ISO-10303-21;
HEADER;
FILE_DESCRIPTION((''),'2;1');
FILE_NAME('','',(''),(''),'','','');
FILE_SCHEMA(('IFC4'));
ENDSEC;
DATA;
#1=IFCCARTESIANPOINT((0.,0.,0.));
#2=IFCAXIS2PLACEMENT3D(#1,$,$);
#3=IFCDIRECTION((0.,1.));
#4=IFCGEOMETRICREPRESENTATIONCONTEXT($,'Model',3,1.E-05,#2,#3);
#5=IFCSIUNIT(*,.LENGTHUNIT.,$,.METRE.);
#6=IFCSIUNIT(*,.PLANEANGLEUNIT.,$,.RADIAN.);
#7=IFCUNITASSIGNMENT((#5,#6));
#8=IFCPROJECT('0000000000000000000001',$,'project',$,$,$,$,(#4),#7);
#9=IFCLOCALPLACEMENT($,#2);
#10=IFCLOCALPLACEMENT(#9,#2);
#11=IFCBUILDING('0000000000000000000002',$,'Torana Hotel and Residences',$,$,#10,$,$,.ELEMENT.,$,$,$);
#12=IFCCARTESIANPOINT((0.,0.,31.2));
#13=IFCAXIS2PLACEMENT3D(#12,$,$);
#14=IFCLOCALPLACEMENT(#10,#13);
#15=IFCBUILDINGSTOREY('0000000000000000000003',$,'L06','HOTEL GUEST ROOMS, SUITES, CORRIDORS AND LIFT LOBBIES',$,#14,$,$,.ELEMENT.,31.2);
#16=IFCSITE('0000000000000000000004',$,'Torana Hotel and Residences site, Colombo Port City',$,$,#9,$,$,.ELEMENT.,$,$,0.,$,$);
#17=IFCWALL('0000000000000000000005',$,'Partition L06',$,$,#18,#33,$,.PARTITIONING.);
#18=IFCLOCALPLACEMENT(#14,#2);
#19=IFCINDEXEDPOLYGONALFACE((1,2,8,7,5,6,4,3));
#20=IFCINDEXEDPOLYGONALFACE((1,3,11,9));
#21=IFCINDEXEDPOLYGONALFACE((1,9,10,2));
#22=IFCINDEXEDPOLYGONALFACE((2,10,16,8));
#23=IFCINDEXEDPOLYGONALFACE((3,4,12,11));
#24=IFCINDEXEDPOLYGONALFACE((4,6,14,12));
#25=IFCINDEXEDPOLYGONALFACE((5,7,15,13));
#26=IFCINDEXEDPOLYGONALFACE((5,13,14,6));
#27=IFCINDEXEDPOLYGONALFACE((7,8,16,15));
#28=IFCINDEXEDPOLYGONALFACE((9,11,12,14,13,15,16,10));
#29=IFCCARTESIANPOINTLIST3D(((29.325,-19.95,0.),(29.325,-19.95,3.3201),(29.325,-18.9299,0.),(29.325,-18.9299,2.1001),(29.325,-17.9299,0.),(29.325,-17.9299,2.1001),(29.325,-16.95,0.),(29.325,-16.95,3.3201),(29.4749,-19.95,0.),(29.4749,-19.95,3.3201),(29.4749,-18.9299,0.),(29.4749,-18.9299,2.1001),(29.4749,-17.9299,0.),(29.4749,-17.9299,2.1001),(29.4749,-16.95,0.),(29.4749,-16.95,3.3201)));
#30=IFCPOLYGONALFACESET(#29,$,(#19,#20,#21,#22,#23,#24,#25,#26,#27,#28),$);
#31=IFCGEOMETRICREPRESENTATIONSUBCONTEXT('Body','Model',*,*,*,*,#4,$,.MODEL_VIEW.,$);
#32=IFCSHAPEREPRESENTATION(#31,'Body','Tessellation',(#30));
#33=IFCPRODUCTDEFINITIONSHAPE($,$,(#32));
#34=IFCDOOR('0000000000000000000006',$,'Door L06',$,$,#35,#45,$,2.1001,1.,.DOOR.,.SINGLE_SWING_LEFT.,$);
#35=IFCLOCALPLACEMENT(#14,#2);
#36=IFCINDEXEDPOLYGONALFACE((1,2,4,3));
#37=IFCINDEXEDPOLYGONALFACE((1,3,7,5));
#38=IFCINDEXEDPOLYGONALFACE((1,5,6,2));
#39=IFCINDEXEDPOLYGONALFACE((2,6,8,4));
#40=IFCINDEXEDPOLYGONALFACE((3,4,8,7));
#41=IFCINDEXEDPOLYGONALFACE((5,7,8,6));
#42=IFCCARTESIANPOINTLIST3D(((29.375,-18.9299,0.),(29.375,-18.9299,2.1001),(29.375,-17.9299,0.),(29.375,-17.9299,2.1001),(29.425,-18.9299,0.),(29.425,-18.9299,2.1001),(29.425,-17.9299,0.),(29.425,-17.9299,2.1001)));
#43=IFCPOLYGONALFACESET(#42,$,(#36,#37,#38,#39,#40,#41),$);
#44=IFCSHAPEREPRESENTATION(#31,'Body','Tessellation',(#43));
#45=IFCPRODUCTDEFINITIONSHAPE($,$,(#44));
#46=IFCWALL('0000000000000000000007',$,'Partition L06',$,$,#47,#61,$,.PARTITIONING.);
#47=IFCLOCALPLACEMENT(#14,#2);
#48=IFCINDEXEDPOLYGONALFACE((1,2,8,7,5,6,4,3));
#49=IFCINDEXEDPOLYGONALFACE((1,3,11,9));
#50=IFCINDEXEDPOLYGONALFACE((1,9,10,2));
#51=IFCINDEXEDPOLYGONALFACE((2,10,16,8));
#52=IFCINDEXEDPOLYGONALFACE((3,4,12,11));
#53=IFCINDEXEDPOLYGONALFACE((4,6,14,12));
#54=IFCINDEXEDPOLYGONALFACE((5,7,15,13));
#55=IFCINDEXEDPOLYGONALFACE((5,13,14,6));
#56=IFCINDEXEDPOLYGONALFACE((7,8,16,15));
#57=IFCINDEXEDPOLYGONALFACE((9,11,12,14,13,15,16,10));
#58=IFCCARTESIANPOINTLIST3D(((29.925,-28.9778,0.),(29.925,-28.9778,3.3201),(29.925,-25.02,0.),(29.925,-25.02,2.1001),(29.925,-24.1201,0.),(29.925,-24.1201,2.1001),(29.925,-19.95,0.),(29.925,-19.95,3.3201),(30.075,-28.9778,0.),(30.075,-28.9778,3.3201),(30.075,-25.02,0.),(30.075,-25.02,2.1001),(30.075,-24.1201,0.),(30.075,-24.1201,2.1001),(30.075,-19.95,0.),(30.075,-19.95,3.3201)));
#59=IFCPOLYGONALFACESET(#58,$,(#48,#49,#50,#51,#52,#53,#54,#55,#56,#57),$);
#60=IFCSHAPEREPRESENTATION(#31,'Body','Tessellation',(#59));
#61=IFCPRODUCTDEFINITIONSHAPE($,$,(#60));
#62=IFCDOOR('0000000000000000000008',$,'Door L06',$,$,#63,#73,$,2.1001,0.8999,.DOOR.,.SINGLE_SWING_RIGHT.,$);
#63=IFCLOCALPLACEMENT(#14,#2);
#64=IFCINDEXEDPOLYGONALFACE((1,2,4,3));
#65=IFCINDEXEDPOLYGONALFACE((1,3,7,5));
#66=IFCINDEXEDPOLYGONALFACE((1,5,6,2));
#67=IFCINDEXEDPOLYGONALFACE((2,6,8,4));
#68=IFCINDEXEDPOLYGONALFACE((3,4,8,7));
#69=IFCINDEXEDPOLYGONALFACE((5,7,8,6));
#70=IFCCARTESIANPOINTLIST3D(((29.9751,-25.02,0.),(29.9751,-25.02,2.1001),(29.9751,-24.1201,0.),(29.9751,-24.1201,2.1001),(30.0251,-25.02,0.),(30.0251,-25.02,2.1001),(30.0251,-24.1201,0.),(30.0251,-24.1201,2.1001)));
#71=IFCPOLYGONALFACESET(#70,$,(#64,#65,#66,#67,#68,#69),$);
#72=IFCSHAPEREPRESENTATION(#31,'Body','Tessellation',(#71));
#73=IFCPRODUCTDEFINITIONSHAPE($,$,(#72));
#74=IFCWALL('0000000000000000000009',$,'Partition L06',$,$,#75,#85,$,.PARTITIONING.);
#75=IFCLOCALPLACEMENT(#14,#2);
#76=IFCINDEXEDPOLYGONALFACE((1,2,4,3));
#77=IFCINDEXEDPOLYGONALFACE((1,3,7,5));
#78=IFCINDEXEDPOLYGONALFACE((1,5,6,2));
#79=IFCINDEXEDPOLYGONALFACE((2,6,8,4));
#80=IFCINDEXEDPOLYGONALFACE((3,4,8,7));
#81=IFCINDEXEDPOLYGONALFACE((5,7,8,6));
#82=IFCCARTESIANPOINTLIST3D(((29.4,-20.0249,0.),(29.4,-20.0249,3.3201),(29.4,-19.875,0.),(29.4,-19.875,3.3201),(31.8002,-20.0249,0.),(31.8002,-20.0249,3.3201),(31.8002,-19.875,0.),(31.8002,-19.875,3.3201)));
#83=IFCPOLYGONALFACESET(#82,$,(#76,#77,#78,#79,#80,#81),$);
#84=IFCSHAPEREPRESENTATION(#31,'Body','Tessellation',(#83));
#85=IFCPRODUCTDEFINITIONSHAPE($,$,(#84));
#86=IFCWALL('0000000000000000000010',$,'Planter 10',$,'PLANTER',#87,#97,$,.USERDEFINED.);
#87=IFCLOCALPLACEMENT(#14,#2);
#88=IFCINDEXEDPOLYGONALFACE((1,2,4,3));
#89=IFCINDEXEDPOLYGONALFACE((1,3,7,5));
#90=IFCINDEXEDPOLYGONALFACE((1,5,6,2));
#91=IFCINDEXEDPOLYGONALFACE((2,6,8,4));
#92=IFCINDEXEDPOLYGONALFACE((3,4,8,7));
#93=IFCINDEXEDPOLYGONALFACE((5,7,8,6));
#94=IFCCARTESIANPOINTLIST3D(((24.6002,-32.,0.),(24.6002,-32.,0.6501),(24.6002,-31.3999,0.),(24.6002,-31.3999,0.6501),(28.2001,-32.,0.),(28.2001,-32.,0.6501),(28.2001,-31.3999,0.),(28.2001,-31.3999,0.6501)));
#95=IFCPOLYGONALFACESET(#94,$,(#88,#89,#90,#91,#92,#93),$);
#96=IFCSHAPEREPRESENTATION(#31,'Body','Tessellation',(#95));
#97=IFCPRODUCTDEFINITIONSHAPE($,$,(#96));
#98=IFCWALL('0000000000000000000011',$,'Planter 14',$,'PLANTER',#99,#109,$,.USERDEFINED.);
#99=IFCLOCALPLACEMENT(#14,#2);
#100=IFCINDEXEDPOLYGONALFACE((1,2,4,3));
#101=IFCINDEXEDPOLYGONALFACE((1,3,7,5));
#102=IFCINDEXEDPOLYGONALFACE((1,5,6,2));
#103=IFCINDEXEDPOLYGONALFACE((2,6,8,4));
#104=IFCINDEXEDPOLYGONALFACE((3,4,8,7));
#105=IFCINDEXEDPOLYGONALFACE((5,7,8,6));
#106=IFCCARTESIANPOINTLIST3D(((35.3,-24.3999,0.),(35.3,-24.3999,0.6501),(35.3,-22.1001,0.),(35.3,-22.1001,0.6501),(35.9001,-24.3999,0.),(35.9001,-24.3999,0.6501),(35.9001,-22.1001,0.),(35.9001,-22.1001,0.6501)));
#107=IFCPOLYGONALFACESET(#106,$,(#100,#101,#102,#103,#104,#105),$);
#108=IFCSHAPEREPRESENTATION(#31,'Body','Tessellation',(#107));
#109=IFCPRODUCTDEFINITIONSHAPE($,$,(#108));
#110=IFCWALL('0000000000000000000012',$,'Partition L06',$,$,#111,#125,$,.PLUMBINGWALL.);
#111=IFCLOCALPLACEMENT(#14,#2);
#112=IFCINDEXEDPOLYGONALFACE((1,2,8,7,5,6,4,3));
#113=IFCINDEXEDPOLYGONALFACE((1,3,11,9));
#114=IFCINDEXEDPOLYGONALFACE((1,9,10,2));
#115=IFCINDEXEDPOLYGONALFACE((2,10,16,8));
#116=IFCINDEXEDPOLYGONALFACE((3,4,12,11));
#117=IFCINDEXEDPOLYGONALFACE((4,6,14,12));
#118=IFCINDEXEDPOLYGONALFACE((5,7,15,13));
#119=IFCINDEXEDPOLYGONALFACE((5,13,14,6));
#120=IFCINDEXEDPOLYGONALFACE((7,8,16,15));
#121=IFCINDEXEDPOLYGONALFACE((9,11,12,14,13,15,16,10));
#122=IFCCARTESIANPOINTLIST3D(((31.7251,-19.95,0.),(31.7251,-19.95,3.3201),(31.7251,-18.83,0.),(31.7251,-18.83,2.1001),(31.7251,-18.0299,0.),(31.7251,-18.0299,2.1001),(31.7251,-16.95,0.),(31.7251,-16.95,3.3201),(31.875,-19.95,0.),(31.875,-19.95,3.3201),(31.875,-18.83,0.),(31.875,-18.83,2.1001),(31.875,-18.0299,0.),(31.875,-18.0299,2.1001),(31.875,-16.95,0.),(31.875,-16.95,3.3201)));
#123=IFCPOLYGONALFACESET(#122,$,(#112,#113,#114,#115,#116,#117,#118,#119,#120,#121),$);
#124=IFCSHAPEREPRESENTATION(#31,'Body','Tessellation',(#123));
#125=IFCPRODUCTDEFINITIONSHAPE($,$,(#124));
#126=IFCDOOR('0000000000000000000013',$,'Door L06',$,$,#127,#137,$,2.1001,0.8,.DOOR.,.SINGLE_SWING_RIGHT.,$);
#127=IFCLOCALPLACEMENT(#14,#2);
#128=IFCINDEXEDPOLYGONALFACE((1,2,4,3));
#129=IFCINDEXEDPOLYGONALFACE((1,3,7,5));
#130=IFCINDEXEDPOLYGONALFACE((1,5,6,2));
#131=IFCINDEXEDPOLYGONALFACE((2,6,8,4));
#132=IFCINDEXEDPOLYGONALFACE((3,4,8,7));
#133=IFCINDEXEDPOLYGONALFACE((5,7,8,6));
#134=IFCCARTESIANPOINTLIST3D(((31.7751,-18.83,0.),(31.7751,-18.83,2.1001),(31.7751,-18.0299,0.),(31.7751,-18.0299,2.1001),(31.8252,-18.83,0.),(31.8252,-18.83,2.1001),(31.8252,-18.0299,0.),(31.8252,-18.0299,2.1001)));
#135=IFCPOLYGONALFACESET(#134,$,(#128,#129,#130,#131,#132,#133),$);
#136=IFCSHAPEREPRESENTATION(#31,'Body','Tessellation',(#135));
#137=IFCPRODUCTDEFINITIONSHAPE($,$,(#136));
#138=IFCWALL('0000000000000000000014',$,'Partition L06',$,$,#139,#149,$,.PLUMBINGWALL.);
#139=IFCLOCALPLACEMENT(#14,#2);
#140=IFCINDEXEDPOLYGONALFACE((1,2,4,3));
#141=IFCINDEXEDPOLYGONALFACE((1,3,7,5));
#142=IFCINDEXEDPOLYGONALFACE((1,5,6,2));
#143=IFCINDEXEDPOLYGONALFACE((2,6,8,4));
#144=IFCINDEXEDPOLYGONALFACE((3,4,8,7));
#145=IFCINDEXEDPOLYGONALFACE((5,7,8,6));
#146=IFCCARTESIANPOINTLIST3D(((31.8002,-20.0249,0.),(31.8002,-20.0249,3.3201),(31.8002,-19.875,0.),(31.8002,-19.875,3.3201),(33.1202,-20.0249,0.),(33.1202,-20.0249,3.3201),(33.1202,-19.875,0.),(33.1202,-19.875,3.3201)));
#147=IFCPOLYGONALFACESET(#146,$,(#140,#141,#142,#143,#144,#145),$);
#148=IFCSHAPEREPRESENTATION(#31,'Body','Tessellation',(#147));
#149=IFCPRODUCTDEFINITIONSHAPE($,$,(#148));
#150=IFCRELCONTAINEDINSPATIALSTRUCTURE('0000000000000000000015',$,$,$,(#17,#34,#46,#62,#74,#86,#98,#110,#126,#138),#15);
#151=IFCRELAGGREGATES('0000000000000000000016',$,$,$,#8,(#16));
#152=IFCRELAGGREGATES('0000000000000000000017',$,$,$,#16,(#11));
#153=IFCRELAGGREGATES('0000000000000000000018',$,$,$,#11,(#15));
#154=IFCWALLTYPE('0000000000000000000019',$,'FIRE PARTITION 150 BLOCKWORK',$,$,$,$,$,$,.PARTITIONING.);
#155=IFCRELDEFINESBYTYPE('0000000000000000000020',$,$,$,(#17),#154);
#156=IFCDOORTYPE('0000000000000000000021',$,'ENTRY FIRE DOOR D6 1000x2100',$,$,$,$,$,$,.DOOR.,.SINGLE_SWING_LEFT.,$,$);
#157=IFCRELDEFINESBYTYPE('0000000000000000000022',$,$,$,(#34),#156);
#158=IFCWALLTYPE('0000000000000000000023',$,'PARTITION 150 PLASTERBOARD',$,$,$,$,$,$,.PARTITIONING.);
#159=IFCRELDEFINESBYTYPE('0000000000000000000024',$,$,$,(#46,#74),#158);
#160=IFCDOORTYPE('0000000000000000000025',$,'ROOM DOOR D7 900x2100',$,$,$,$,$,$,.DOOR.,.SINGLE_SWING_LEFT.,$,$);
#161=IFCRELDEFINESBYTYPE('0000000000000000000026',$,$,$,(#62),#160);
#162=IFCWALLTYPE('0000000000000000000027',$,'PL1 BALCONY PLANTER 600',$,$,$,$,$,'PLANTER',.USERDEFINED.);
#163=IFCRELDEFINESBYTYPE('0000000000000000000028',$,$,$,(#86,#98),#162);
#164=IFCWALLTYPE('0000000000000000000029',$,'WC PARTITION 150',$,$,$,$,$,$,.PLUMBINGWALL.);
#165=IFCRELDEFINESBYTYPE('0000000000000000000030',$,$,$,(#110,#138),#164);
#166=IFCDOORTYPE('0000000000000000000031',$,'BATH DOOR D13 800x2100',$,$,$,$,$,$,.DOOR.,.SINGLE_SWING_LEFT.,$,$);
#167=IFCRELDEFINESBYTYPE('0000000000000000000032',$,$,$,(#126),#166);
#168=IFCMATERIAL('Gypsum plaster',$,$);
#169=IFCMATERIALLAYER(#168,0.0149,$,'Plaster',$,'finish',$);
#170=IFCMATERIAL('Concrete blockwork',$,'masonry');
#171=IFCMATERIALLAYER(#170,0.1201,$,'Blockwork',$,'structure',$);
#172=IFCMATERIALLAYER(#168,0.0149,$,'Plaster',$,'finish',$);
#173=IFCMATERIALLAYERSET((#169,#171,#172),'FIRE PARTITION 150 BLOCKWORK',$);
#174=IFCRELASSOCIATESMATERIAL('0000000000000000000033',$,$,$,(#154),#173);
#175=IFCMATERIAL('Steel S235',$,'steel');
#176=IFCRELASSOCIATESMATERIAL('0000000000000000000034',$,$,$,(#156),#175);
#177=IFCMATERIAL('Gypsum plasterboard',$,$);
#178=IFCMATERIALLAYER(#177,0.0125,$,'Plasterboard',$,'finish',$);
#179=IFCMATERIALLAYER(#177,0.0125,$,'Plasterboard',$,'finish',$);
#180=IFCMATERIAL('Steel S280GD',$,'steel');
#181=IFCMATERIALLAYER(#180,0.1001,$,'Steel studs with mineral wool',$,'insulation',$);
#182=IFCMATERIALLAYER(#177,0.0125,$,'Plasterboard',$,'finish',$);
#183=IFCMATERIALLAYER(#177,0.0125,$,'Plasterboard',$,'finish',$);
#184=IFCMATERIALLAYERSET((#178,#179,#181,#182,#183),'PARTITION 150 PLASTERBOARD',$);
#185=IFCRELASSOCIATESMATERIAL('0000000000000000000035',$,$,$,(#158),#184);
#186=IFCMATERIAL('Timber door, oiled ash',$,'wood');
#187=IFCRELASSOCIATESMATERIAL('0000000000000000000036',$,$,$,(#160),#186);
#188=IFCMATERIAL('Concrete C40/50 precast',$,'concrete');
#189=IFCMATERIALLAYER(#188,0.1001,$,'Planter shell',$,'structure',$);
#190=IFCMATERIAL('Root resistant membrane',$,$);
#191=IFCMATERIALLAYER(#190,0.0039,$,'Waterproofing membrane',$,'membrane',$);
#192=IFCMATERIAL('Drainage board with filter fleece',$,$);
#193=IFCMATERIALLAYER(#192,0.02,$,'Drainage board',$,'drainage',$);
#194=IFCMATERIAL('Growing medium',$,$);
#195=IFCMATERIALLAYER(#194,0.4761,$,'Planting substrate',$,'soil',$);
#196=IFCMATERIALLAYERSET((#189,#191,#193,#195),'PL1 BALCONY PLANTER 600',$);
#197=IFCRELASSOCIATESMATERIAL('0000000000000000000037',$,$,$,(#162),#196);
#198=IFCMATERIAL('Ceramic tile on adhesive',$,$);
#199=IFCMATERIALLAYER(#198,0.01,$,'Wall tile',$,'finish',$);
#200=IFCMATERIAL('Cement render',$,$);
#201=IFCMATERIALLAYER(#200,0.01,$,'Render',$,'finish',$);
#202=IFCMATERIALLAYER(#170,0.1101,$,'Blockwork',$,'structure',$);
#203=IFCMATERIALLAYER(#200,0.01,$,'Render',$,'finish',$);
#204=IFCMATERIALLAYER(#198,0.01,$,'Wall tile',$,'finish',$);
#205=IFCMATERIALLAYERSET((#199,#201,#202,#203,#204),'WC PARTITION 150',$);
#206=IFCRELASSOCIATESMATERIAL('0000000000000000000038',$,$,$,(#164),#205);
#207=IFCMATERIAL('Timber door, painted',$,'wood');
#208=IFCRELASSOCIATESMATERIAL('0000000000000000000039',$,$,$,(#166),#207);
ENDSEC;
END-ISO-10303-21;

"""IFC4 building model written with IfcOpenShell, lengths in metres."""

from ifc_helpers import new_model, si_unit, direction, frame, frame_2d, origin, place, context, subcontext, project, spatial, rectangle, extrude, material, layer, layer_set, type_object, element, fill, save


model = new_model("IFC4")

# Units and contexts
model_context = context("Model", 3, precision=1e-05, world=origin(), true_north=direction((0.0, 1.0)))
body_context = subcontext(model_context, "Body", "Model", "MODEL_VIEW")
ifc_project = project(units=[si_unit("LENGTHUNIT", "METRE"), si_unit("PLANEANGLEUNIT", "RADIAN")], contexts=[model_context])

# Site, building, storey
site_placement = place(None, origin())
site = spatial("IfcSite", under=ifc_project, at=site_placement, Name="Torana Hotel and Residences site, Colombo Port City", CompositionType="ELEMENT", RefElevation=0.0)
building_placement = place(site_placement, origin())
building = spatial("IfcBuilding", under=site, at=building_placement, Name="Torana Hotel and Residences", CompositionType="ELEMENT")
storey_placement = place(building_placement, frame((0.0, 0.0, 31.2)))
storey = spatial("IfcBuildingStorey", under=building, at=storey_placement, Name="L06", Description="HOTEL GUEST ROOMS, SUITES, CORRIDORS AND LIFT LOBBIES", CompositionType="ELEMENT", Elevation=31.2)

# Shared definitions
ifc_material_1 = material(Name="Steel S280GD", Category="steel")

# Walls, openings, doors
ifc_material_2 = material(Name="Gypsum plaster")
ifc_layer_1 = layer(ifc_material_2, 0.0149, Name="Plaster", Category="finish")
ifc_material_3 = material(Name="Concrete blockwork", Category="masonry")
ifc_layer_2 = layer(ifc_material_3, 0.1201, Name="Blockwork", Category="structure")
ifc_layer_3 = layer(ifc_material_2, 0.0149, Name="Plaster", Category="finish")
ifc_layer_set_1 = layer_set([ifc_layer_1, ifc_layer_2, ifc_layer_3], Name="FIRE PARTITION 150 BLOCKWORK")
wall_type_1 = type_object("IfcWallType", Name="FIRE PARTITION 150 BLOCKWORK", PredefinedType="PARTITIONING", material=ifc_layer_set_1)
wall_1_placement = place(storey_placement, frame((29.3999, -19.95, 0.0), z_axis=(0.0, 0.0, 1.0), x_axis=(0.0, 1.0, 0.0)))
wall_1 = element("IfcWall", 1, at=wall_1_placement, inside=storey, type_object=wall_type_1, Name="Partition L06", PredefinedType="PARTITIONING", context=body_context, shape_type="SweptSolid", body=[
    extrude(rectangle(XDim=3.0, YDim=0.1499, at=frame_2d((1.5, 0.0))), origin(), (0.0, 0.0, 1.0), 3.3201),
])
opening_1_placement = place(wall_1_placement, frame((1.02, 0.0, 0.0)))
opening_1 = element("IfcOpeningElement", 2, at=opening_1_placement, cuts=wall_1, PredefinedType="OPENING", context=body_context, shape_type="SweptSolid", body=[
    extrude(rectangle(XDim=1.0, YDim=2.1001, at=frame_2d((0.5, 1.05))), frame((0.0, 0.085, 0.0), z_axis=(0.0, -1.0, 0.0), x_axis=(1.0, 0.0, 0.0)), (0.0, 0.0, 1.0), 0.1699),
])
ifc_material_4 = material(Name="Steel S235", Category="steel")
door_type_1 = type_object("IfcDoorType", Name="ENTRY FIRE DOOR D6 1000x2100", OperationType="SINGLE_SWING_LEFT", PredefinedType="DOOR", material=ifc_material_4)
door_1_placement = place(opening_1_placement, frame((0.5, 0.0, 0.0), z_axis=(0.0, 0.0, 1.0), x_axis=(-1.0, 0.0, 0.0)))
door_1 = element("IfcDoor", 3, at=door_1_placement, inside=storey, type_object=door_type_1, Name="Door L06", OperationType="SINGLE_SWING_LEFT", OverallHeight=2.1001, OverallWidth=1.0, PredefinedType="DOOR", context=body_context, shape_type="SweptSolid", body=[
    extrude(rectangle(XDim=1.0, YDim=2.1001, at=frame_2d((0.0, 1.05))), frame((0.0, -0.0249, 0.0), z_axis=(0.0, 1.0, 0.0), x_axis=(-1.0, 0.0, 0.0)), (0.0, 0.0, 1.0), 0.05),
])
fill(opening_1, door_1)
ifc_material_5 = material(Name="Gypsum plasterboard")
ifc_layer_4 = layer(ifc_material_5, 0.0125, Name="Plasterboard", Category="finish")
ifc_layer_5 = layer(ifc_material_5, 0.0125, Name="Plasterboard", Category="finish")
ifc_layer_6 = layer(ifc_material_1, 0.1001, Name="Steel studs with mineral wool", Category="insulation")
ifc_layer_7 = layer(ifc_material_5, 0.0125, Name="Plasterboard", Category="finish")
ifc_layer_8 = layer(ifc_material_5, 0.0125, Name="Plasterboard", Category="finish")
ifc_layer_set_2 = layer_set([ifc_layer_4, ifc_layer_5, ifc_layer_6, ifc_layer_7, ifc_layer_8], Name="PARTITION 150 PLASTERBOARD")
wall_type_2 = type_object("IfcWallType", Name="PARTITION 150 PLASTERBOARD", PredefinedType="PARTITIONING", material=ifc_layer_set_2)
wall_2_placement = place(storey_placement, frame((30.0, -28.9778, 0.0), z_axis=(0.0, 0.0, 1.0), x_axis=(0.0, 1.0, 0.0)))
wall_2 = element("IfcWall", 4, at=wall_2_placement, inside=storey, type_object=wall_type_2, Name="Partition L06", PredefinedType="PARTITIONING", context=body_context, shape_type="SweptSolid", body=[
    extrude(rectangle(XDim=9.0278, YDim=0.1499, at=frame_2d((4.5139, 0.0))), origin(), (0.0, 0.0, 1.0), 3.3201),
])
opening_2_placement = place(wall_2_placement, frame((3.9578, 0.0, 0.0)))
opening_2 = element("IfcOpeningElement", 5, at=opening_2_placement, cuts=wall_2, PredefinedType="OPENING", context=body_context, shape_type="SweptSolid", body=[
    extrude(rectangle(XDim=0.8999, YDim=2.1001, at=frame_2d((0.45, 1.05))), frame((0.0, 0.085, 0.0), z_axis=(0.0, -1.0, 0.0), x_axis=(1.0, 0.0, 0.0)), (0.0, 0.0, 1.0), 0.1699),
])
ifc_material_6 = material(Name="Timber door, oiled ash", Category="wood")
door_type_2 = type_object("IfcDoorType", Name="ROOM DOOR D7 900x2100", OperationType="SINGLE_SWING_LEFT", PredefinedType="DOOR", material=ifc_material_6)
door_2_placement = place(opening_2_placement, origin())
door_2 = element("IfcDoor", 6, at=door_2_placement, inside=storey, type_object=door_type_2, Name="Door L06", OperationType="SINGLE_SWING_RIGHT", OverallHeight=2.1001, OverallWidth=0.8999, PredefinedType="DOOR", context=body_context, shape_type="SweptSolid", body=[
    extrude(rectangle(XDim=0.8999, YDim=2.1001, at=frame_2d((0.45, 1.05))), frame((0.0, 0.0249, 0.0), z_axis=(0.0, -1.0, 0.0), x_axis=(1.0, 0.0, 0.0)), (0.0, 0.0, 1.0), 0.05),
])
fill(opening_2, door_2)

# Walls
wall_3_placement = place(storey_placement, frame((29.3999, -19.95, 0.0), z_axis=(0.0, 0.0, 1.0), x_axis=(1.0, 0.0, 0.0)))
element("IfcWall", 7, at=wall_3_placement, inside=storey, type_object=wall_type_2, Name="Partition L06", PredefinedType="PARTITIONING", context=body_context, shape_type="SweptSolid", body=[
    extrude(rectangle(XDim=2.4001, YDim=0.1499, at=frame_2d((1.2002, 0.0))), origin(), (0.0, 0.0, 1.0), 3.3201),
])
ifc_material_7 = material(Name="Concrete C40/50 precast", Category="concrete")
ifc_layer_9 = layer(ifc_material_7, 0.1001, Name="Planter shell", Category="structure")
ifc_material_8 = material(Name="Root resistant membrane")
ifc_layer_10 = layer(ifc_material_8, 0.0039, Name="Waterproofing membrane", Category="membrane")
ifc_material_9 = material(Name="Drainage board with filter fleece")
ifc_layer_11 = layer(ifc_material_9, 0.02, Name="Drainage board", Category="drainage")
ifc_material_10 = material(Name="Growing medium")
ifc_layer_12 = layer(ifc_material_10, 0.4761, Name="Planting substrate", Category="soil")
ifc_layer_set_3 = layer_set([ifc_layer_9, ifc_layer_10, ifc_layer_11, ifc_layer_12], Name="PL1 BALCONY PLANTER 600")
wall_type_3 = type_object("IfcWallType", Name="PL1 BALCONY PLANTER 600", ElementType="PLANTER", PredefinedType="USERDEFINED", material=ifc_layer_set_3)
wall_4_placement = place(storey_placement, frame((28.2, -31.7, 0.0), z_axis=(0.0, 0.0, 1.0), x_axis=(-1.0, 0.0, 0.0)))
element("IfcWall", 8, at=wall_4_placement, inside=storey, type_object=wall_type_3, Name="Planter 10", ObjectType="PLANTER", PredefinedType="USERDEFINED", context=body_context, shape_type="SweptSolid", body=[
    extrude(rectangle(XDim=3.5999, YDim=0.6001, at=frame_2d((1.7998, 0.0))), origin(), (0.0, 0.0, 1.0), 0.6501),
])
wall_5_placement = place(storey_placement, frame((35.6001, -22.1001, 0.0), z_axis=(0.0, 0.0, 1.0), x_axis=(0.0, -1.0, 0.0)))
element("IfcWall", 9, at=wall_5_placement, inside=storey, type_object=wall_type_3, Name="Planter 14", ObjectType="PLANTER", PredefinedType="USERDEFINED", context=body_context, shape_type="SweptSolid", body=[
    extrude(rectangle(XDim=2.2998, YDim=0.6001, at=frame_2d((1.1499, 0.0))), origin(), (0.0, 0.0, 1.0), 0.6501),
])

# Wall, opening, door
ifc_material_11 = material(Name="Ceramic tile on adhesive")
ifc_layer_13 = layer(ifc_material_11, 0.01, Name="Wall tile", Category="finish")
ifc_material_12 = material(Name="Cement render")
ifc_layer_14 = layer(ifc_material_12, 0.01, Name="Render", Category="finish")
ifc_layer_15 = layer(ifc_material_3, 0.1101, Name="Blockwork", Category="structure")
ifc_layer_16 = layer(ifc_material_12, 0.01, Name="Render", Category="finish")
ifc_layer_17 = layer(ifc_material_11, 0.01, Name="Wall tile", Category="finish")
ifc_layer_set_4 = layer_set([ifc_layer_13, ifc_layer_14, ifc_layer_15, ifc_layer_16, ifc_layer_17], Name="WC PARTITION 150")
wall_type_4 = type_object("IfcWallType", Name="WC PARTITION 150", PredefinedType="PLUMBINGWALL", material=ifc_layer_set_4)
wall_6_placement = place(storey_placement, frame((31.8, -19.95, 0.0), z_axis=(0.0, 0.0, 1.0), x_axis=(0.0, 1.0, 0.0)))
wall_6 = element("IfcWall", 10, at=wall_6_placement, inside=storey, type_object=wall_type_4, Name="Partition L06", PredefinedType="PLUMBINGWALL", context=body_context, shape_type="SweptSolid", body=[
    extrude(rectangle(XDim=3.0, YDim=0.1499, at=frame_2d((1.5, 0.0))), origin(), (0.0, 0.0, 1.0), 3.3201),
])
opening_3_placement = place(wall_6_placement, frame((1.1201, 0.0, 0.0)))
opening_3 = element("IfcOpeningElement", 11, at=opening_3_placement, cuts=wall_6, PredefinedType="OPENING", context=body_context, shape_type="SweptSolid", body=[
    extrude(rectangle(XDim=0.8, YDim=2.1001, at=frame_2d((0.3999, 1.05))), frame((0.0, 0.085, 0.0), z_axis=(0.0, -1.0, 0.0), x_axis=(1.0, 0.0, 0.0)), (0.0, 0.0, 1.0), 0.1699),
])
ifc_material_13 = material(Name="Timber door, painted", Category="wood")
door_type_3 = type_object("IfcDoorType", Name="BATH DOOR D13 800x2100", OperationType="SINGLE_SWING_LEFT", PredefinedType="DOOR", material=ifc_material_13)
door_3_placement = place(opening_3_placement, origin())
door_3 = element("IfcDoor", 12, at=door_3_placement, inside=storey, type_object=door_type_3, Name="Door L06", OperationType="SINGLE_SWING_RIGHT", OverallHeight=2.1001, OverallWidth=0.8, PredefinedType="DOOR", context=body_context, shape_type="SweptSolid", body=[
    extrude(rectangle(XDim=0.8, YDim=2.1001, at=frame_2d((0.3999, 1.05))), frame((0.0, 0.0249, 0.0), z_axis=(0.0, -1.0, 0.0), x_axis=(1.0, 0.0, 0.0)), (0.0, 0.0, 1.0), 0.05),
])
fill(opening_3, door_3)

# Wall
wall_7_placement = place(storey_placement, frame((31.8, -19.95, 0.0), z_axis=(0.0, 0.0, 1.0), x_axis=(1.0, 0.0, 0.0)))
element("IfcWall", 13, at=wall_7_placement, inside=storey, type_object=wall_type_4, Name="Partition L06", PredefinedType="PLUMBINGWALL", context=body_context, shape_type="SweptSolid", body=[
    extrude(rectangle(XDim=1.3201, YDim=0.1499, at=frame_2d((0.6602, 0.0))), origin(), (0.0, 0.0, 1.0), 3.3201),
])

save(model, "model.ifc")
